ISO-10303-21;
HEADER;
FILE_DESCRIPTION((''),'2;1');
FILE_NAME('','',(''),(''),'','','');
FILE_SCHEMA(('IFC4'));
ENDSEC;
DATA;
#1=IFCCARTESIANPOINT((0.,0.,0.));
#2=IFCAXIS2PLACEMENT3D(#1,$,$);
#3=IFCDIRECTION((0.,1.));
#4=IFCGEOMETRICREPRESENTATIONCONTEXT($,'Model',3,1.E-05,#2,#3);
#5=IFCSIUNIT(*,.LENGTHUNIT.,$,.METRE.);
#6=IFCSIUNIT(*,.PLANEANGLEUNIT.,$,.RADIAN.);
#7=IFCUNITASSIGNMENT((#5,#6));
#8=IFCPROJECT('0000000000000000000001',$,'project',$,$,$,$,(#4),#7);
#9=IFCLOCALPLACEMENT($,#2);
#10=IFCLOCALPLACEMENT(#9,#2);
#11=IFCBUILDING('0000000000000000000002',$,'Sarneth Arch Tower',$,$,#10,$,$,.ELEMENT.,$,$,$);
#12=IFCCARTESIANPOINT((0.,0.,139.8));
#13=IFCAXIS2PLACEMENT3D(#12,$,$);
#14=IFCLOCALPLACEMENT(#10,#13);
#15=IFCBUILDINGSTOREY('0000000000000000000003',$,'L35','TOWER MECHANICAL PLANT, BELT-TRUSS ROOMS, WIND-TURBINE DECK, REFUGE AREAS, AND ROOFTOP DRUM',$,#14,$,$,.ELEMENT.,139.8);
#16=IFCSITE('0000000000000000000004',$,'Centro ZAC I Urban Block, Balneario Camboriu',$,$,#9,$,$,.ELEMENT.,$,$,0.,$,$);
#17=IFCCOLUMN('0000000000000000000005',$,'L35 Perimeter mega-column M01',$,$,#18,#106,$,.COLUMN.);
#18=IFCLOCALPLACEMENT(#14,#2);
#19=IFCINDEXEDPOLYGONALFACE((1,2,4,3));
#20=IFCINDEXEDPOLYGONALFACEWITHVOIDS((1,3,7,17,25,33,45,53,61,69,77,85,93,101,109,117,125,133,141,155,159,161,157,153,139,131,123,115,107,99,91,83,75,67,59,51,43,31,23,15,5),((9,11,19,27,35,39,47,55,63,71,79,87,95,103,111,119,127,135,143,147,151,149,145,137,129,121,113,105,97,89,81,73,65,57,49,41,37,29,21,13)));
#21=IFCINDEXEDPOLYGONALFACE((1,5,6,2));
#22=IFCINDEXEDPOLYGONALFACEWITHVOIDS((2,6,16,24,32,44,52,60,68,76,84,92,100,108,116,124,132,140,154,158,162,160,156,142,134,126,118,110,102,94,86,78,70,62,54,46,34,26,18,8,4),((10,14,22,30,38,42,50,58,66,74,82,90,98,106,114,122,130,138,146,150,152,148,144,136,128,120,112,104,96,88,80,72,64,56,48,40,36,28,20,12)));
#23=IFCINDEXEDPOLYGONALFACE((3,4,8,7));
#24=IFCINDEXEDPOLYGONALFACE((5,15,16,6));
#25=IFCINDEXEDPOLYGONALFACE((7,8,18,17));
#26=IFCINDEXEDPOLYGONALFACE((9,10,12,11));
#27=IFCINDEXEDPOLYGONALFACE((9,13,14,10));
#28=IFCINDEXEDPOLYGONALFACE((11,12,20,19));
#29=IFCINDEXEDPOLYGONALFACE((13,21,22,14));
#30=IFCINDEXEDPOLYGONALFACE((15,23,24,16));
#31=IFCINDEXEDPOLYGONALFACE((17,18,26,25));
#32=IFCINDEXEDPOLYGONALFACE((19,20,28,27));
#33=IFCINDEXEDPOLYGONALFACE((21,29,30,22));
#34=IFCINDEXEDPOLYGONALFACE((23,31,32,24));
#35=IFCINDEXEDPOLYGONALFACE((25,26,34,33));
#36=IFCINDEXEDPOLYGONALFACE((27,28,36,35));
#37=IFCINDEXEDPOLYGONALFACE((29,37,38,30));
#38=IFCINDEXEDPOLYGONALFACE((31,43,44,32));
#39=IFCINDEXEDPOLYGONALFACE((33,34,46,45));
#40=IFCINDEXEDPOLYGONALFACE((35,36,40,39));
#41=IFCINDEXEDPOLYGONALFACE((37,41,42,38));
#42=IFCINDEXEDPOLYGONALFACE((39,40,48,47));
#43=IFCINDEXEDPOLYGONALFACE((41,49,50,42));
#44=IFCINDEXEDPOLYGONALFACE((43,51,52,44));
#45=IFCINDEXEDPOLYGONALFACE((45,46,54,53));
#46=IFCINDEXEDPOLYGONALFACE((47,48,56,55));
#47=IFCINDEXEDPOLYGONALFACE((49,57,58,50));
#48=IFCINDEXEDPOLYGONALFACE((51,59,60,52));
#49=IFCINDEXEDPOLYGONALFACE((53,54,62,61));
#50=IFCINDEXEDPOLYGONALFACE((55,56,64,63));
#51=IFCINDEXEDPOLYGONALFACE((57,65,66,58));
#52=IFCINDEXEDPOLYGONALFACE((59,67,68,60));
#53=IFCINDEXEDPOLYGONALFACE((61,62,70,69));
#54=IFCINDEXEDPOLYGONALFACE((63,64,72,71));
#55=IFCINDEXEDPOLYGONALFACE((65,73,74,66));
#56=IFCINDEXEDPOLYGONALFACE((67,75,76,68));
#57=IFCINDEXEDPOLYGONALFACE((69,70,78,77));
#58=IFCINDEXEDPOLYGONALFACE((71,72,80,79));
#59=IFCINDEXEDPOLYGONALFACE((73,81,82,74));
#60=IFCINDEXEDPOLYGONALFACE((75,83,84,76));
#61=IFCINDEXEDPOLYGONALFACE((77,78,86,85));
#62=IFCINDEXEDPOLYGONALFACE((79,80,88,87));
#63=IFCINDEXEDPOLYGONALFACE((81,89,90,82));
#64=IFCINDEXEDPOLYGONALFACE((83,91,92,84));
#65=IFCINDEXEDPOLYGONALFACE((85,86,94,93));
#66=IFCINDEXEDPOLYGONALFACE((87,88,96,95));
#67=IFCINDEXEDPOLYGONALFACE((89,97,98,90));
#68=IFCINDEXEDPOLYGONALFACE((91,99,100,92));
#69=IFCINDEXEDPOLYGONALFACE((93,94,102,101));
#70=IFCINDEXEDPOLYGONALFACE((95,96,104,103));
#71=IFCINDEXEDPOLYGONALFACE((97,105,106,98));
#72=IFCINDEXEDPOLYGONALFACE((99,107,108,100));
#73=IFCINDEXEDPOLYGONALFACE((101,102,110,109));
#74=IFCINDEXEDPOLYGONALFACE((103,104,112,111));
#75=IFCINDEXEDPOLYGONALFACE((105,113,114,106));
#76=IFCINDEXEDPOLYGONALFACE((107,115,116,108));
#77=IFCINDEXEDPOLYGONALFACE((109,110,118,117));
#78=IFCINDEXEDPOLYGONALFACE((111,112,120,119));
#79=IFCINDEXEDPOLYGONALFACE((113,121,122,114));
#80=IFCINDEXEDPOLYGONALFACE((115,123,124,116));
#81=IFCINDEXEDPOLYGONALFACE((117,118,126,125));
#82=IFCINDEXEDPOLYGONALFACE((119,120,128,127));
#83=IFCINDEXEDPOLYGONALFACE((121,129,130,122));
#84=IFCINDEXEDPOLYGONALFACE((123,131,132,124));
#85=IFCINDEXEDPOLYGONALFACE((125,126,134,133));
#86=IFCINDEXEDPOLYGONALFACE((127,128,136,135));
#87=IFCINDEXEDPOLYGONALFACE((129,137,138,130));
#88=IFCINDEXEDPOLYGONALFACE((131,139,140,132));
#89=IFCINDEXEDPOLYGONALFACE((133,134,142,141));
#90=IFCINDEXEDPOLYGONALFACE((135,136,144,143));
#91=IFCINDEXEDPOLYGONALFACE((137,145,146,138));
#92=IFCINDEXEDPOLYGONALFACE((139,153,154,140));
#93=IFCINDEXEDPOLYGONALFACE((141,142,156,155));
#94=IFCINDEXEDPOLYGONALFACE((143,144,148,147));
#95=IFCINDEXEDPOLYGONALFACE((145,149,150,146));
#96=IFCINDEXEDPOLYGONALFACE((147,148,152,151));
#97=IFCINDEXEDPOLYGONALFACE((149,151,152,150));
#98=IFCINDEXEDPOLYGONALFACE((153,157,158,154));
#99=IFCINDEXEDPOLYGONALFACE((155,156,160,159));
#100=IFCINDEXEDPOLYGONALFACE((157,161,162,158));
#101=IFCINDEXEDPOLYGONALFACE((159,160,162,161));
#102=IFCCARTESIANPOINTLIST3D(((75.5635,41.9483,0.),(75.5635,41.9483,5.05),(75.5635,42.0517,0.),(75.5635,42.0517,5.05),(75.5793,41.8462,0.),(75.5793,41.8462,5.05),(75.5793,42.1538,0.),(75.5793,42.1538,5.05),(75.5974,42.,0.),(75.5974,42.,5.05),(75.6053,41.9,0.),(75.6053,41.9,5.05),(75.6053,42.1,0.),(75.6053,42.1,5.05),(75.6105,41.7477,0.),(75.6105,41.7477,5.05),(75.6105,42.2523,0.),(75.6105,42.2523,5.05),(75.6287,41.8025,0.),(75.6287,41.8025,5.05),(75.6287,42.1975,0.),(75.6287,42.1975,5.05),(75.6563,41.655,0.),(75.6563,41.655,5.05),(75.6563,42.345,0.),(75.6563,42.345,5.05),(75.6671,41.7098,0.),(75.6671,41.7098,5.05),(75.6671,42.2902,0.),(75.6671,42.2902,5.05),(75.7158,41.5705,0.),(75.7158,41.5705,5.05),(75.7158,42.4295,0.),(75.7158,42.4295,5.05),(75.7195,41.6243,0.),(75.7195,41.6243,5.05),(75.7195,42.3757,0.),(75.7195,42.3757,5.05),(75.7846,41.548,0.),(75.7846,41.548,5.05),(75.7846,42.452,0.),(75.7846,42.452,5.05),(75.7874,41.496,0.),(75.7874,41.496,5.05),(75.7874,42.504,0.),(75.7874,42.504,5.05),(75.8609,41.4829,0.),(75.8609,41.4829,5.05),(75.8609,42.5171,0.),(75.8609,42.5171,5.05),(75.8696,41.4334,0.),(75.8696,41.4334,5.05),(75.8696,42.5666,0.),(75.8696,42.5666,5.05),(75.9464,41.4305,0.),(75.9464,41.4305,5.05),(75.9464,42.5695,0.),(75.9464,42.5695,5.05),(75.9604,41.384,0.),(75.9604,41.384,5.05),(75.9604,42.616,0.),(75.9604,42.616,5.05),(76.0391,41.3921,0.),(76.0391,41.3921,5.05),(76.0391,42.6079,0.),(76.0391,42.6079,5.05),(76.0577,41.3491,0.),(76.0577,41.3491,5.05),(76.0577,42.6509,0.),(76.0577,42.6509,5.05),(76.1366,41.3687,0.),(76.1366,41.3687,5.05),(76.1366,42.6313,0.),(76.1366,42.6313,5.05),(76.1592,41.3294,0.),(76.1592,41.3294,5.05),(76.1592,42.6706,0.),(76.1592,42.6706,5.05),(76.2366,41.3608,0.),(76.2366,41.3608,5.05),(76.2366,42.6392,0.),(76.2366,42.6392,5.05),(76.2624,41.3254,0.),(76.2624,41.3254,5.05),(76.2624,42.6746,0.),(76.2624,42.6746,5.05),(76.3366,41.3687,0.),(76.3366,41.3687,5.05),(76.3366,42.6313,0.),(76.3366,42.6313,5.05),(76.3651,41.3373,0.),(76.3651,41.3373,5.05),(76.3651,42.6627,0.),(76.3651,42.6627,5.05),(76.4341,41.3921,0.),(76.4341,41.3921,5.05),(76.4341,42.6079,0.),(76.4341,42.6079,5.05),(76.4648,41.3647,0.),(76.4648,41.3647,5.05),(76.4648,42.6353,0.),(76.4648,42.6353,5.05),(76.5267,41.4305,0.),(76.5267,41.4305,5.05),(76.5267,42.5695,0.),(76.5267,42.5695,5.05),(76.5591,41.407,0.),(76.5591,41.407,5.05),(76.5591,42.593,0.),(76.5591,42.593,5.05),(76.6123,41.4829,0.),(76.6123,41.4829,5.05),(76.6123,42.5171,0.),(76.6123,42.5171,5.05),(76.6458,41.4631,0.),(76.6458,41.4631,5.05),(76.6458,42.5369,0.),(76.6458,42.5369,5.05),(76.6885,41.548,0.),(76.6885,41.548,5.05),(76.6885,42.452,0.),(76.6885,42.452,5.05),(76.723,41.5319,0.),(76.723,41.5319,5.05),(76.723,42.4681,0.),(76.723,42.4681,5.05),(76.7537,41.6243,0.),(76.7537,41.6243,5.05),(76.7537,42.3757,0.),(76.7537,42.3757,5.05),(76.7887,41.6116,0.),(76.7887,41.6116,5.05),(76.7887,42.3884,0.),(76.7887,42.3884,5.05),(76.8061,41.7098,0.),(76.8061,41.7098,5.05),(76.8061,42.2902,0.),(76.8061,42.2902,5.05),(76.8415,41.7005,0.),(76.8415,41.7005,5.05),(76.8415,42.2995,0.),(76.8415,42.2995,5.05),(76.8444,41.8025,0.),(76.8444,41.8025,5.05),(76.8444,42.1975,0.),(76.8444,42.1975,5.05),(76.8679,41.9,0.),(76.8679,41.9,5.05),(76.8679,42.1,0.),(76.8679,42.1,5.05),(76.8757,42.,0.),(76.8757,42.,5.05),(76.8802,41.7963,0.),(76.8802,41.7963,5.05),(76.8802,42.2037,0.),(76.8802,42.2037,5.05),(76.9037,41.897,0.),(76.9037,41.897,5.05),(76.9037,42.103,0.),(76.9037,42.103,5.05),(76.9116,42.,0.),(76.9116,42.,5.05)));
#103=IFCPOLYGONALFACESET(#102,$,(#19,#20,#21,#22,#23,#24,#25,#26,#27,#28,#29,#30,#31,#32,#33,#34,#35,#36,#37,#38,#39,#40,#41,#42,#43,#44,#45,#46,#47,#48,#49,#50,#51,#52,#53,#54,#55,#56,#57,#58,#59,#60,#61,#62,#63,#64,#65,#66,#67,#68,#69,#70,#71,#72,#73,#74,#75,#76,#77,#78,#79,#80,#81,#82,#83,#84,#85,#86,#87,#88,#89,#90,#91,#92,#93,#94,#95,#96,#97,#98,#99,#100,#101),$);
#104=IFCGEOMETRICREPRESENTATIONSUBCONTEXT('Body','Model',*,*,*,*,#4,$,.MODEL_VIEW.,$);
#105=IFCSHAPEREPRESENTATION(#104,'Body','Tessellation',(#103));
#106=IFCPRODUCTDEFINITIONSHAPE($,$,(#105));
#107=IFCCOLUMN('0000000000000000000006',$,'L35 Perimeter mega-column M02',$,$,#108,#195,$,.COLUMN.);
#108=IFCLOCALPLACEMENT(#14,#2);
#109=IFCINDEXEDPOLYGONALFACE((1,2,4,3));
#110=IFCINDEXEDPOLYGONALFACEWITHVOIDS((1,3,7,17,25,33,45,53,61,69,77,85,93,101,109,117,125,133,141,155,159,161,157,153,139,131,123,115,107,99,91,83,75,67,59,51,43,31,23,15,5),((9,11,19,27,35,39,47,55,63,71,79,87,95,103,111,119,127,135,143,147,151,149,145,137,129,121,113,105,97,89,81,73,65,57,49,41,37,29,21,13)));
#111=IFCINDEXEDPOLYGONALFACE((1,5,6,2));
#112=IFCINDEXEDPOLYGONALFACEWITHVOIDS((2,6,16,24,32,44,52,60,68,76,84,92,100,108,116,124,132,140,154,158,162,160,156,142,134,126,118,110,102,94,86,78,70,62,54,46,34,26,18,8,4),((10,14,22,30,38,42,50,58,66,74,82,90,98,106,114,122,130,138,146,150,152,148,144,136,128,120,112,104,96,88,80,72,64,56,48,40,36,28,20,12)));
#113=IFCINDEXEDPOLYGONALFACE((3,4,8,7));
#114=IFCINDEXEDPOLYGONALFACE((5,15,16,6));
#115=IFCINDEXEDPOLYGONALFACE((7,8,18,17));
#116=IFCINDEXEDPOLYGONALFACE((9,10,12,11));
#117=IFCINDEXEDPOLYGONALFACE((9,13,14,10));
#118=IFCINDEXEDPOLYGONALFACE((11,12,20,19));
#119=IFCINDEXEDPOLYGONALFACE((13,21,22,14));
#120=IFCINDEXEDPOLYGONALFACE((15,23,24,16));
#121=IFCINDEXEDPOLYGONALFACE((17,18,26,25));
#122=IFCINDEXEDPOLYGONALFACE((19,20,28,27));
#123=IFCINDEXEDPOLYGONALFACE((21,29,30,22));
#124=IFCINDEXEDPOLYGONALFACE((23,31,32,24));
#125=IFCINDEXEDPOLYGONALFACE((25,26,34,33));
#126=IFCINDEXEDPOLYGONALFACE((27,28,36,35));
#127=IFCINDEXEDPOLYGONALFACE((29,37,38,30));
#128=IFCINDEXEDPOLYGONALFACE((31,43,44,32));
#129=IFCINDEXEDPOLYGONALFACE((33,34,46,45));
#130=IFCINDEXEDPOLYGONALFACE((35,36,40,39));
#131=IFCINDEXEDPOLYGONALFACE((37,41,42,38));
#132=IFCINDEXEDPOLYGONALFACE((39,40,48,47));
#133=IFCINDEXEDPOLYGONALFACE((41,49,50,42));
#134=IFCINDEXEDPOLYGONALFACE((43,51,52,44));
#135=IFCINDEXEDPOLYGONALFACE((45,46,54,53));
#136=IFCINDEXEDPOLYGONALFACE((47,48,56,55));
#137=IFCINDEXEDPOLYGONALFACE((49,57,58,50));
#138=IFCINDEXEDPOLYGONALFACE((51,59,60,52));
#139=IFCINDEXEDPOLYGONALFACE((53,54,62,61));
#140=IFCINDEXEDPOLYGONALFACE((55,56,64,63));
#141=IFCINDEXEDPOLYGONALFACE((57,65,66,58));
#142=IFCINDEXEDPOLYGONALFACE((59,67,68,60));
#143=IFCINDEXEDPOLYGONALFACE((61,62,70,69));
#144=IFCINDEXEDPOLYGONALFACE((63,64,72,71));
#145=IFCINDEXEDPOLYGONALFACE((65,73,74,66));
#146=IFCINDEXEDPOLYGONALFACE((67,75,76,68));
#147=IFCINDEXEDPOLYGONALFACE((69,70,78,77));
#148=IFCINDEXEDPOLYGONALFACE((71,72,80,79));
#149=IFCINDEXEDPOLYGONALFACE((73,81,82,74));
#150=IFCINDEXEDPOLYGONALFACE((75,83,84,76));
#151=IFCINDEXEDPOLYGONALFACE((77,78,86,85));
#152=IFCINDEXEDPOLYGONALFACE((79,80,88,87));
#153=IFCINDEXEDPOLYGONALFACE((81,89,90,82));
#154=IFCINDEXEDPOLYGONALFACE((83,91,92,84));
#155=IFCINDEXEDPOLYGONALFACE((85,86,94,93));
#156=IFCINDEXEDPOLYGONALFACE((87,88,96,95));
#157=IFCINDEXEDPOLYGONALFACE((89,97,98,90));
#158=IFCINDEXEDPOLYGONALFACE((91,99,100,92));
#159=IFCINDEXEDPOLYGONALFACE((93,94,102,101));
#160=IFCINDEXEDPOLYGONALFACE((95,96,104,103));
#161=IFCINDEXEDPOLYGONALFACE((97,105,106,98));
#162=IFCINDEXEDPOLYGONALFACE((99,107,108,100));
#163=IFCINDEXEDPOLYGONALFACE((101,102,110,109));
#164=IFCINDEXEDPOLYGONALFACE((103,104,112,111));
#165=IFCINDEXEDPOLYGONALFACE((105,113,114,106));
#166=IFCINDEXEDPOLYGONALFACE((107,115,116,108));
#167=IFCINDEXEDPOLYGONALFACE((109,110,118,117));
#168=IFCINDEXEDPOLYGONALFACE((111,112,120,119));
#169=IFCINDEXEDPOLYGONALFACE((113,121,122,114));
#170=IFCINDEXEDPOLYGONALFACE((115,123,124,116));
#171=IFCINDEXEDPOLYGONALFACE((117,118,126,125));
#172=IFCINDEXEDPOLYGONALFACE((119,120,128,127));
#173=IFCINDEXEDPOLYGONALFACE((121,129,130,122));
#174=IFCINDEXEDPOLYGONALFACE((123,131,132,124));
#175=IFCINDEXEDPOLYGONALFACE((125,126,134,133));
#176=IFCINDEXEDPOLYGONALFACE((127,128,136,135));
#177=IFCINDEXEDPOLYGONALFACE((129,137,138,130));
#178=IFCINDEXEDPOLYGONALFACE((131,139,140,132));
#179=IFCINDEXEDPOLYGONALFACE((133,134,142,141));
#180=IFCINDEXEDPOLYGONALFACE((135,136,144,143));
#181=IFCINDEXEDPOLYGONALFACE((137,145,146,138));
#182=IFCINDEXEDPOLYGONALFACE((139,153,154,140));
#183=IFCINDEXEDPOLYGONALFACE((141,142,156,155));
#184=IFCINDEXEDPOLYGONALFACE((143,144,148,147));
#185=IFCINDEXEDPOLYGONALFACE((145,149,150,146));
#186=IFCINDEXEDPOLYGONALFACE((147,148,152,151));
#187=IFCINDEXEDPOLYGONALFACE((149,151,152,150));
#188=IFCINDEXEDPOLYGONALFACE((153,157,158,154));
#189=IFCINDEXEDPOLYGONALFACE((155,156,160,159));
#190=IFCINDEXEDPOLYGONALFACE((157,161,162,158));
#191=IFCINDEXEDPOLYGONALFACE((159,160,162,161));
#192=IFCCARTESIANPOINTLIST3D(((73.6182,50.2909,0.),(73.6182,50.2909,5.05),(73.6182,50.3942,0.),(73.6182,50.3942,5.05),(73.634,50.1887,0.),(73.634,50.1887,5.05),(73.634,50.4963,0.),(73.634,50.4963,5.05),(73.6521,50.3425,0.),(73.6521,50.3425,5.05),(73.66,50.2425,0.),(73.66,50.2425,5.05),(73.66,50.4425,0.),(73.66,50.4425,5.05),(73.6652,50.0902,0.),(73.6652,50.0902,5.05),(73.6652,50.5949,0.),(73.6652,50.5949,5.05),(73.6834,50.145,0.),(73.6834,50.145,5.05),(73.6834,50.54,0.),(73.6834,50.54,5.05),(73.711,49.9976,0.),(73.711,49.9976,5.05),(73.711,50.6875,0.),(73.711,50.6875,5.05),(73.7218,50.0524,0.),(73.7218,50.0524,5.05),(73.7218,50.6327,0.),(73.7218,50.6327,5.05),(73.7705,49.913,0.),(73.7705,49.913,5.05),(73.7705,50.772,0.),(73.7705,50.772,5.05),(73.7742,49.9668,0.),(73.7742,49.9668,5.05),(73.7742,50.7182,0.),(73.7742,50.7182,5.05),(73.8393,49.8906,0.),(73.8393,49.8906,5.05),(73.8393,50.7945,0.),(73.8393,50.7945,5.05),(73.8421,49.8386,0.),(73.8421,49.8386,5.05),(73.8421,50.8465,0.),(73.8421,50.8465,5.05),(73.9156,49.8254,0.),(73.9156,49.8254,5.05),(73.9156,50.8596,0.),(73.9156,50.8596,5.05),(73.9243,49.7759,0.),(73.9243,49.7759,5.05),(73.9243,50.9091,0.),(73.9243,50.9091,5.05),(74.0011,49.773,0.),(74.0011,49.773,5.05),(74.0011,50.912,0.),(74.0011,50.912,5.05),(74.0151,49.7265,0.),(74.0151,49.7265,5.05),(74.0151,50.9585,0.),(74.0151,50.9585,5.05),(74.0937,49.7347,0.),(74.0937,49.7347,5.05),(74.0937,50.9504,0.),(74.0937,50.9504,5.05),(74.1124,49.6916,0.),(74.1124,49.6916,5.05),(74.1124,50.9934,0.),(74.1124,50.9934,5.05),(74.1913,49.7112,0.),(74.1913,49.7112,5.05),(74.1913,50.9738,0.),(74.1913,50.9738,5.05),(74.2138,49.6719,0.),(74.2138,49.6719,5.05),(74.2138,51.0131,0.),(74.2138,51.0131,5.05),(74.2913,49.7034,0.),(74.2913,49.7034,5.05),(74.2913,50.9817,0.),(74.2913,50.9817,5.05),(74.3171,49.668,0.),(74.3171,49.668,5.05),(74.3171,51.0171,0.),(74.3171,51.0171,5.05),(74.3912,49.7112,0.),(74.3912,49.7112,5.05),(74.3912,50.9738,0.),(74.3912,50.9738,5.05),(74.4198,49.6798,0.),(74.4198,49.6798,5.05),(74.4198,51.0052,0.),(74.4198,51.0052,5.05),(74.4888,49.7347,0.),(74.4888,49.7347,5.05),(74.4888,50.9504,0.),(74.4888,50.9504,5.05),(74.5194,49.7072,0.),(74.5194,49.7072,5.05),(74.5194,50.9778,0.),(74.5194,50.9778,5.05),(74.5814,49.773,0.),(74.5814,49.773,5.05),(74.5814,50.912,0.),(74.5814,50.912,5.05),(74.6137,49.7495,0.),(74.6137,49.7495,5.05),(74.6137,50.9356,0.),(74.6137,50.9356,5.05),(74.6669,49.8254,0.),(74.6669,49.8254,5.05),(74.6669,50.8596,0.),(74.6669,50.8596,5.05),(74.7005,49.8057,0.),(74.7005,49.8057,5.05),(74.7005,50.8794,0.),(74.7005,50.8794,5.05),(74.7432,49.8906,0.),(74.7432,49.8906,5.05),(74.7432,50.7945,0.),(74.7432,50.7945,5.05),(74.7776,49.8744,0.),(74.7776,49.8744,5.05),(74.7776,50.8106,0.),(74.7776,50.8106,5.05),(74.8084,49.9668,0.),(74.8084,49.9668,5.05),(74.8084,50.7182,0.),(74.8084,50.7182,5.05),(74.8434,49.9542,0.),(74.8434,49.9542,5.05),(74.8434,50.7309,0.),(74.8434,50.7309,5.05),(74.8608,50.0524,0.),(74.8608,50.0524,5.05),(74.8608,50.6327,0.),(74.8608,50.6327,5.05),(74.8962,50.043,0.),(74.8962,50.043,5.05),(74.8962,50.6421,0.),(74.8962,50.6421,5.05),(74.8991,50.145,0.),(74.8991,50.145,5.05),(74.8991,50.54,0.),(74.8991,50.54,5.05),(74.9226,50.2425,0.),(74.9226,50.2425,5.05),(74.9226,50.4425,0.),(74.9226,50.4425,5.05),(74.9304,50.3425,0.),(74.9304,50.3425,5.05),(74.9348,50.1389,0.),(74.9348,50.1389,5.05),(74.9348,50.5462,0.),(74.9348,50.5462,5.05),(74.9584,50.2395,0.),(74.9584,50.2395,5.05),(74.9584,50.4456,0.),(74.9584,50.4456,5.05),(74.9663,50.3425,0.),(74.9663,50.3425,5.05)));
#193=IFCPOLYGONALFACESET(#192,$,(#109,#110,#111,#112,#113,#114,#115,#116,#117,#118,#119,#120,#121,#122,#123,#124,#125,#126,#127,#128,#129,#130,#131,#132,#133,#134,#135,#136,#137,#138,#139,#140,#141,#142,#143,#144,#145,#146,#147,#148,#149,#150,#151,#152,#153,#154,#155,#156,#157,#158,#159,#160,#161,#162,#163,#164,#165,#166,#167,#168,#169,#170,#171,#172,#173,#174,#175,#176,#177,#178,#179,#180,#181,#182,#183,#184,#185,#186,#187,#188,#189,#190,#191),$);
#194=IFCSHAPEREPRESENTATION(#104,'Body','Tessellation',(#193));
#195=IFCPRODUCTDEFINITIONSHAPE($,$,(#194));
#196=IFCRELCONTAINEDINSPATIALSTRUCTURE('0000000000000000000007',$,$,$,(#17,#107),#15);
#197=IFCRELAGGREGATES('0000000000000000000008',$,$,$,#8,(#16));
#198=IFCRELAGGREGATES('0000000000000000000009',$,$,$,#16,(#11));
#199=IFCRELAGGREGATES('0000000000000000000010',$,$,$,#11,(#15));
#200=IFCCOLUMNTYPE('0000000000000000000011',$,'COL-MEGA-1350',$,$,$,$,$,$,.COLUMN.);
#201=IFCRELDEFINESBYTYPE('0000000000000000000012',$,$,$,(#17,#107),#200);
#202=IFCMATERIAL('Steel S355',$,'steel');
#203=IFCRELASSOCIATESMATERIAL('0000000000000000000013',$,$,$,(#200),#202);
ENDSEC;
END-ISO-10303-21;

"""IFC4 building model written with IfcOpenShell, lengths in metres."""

from ifc_helpers import new_model, si_unit, direction, frame, origin, origin_2d, place, context, subcontext, project, spatial, hollow_circle, extrude, material, material_profile, profile_set, type_object, element, save


model = new_model("IFC4")

# Units and contexts
model_context = context("Model", 3, precision=1e-05, world=origin(), true_north=direction((0.0, 1.0)))
body_context = subcontext(model_context, "Body", "Model", "MODEL_VIEW")
ifc_project = project(units=[si_unit("LENGTHUNIT", "METRE"), si_unit("PLANEANGLEUNIT", "RADIAN")], contexts=[model_context])

# Site, building, storey
site_placement = place(None, origin())
site = spatial("IfcSite", under=ifc_project, at=site_placement, Name="Centro ZAC I Urban Block, Balneario Camboriu", CompositionType="ELEMENT", RefElevation=0.0)
building_placement = place(site_placement, origin())
building = spatial("IfcBuilding", under=site, at=building_placement, Name="Sarneth Arch Tower", CompositionType="ELEMENT")
storey_placement = place(building_placement, frame((0.0, 0.0, 139.8)))
storey = spatial("IfcBuildingStorey", under=building, at=storey_placement, Name="L35", Description="TOWER MECHANICAL PLANT, BELT-TRUSS ROOMS, WIND-TURBINE DECK, REFUGE AREAS, AND ROOFTOP DRUM", CompositionType="ELEMENT", Elevation=139.8)

# Columns
ifc_material_1 = material(Name="Steel S355", Category="steel")
ifc_material_profile_1 = material_profile(ifc_material_1, hollow_circle(Radius=0.675, WallThickness=0.0359, at=origin_2d()), Name="CHS1350x36")
ifc_profile_set_1 = profile_set([ifc_material_profile_1], Name="Steel S355")
column_type = type_object("IfcColumnType", Name="COL-MEGA-1350", PredefinedType="COLUMN", material=ifc_profile_set_1)
for number, where, z_axis, x_axis, name in (
    (1, (76.2366, 42.0, 0.0), (0.0, 0.0, 1.0), (1.0, 0.0, 0.0), "L35 Perimeter mega-column M01"),
    (2, (74.2913, 50.3425, 0.0), (0.0, 0.0, 1.0), (1.0, 0.0, 0.0), "L35 Perimeter mega-column M02"),
):
    element("IfcColumn", number, at=place(storey_placement, frame(where, z_axis=z_axis, x_axis=x_axis)), inside=storey, type_object=column_type, Name=name, PredefinedType="COLUMN", context=body_context, shape_type="SweptSolid", body=[
        extrude(hollow_circle(Radius=0.675, WallThickness=0.0359, at=origin_2d()), origin(), (0.0, 0.0, 1.0), 5.05),
    ])

save(model, "model.ifc")
